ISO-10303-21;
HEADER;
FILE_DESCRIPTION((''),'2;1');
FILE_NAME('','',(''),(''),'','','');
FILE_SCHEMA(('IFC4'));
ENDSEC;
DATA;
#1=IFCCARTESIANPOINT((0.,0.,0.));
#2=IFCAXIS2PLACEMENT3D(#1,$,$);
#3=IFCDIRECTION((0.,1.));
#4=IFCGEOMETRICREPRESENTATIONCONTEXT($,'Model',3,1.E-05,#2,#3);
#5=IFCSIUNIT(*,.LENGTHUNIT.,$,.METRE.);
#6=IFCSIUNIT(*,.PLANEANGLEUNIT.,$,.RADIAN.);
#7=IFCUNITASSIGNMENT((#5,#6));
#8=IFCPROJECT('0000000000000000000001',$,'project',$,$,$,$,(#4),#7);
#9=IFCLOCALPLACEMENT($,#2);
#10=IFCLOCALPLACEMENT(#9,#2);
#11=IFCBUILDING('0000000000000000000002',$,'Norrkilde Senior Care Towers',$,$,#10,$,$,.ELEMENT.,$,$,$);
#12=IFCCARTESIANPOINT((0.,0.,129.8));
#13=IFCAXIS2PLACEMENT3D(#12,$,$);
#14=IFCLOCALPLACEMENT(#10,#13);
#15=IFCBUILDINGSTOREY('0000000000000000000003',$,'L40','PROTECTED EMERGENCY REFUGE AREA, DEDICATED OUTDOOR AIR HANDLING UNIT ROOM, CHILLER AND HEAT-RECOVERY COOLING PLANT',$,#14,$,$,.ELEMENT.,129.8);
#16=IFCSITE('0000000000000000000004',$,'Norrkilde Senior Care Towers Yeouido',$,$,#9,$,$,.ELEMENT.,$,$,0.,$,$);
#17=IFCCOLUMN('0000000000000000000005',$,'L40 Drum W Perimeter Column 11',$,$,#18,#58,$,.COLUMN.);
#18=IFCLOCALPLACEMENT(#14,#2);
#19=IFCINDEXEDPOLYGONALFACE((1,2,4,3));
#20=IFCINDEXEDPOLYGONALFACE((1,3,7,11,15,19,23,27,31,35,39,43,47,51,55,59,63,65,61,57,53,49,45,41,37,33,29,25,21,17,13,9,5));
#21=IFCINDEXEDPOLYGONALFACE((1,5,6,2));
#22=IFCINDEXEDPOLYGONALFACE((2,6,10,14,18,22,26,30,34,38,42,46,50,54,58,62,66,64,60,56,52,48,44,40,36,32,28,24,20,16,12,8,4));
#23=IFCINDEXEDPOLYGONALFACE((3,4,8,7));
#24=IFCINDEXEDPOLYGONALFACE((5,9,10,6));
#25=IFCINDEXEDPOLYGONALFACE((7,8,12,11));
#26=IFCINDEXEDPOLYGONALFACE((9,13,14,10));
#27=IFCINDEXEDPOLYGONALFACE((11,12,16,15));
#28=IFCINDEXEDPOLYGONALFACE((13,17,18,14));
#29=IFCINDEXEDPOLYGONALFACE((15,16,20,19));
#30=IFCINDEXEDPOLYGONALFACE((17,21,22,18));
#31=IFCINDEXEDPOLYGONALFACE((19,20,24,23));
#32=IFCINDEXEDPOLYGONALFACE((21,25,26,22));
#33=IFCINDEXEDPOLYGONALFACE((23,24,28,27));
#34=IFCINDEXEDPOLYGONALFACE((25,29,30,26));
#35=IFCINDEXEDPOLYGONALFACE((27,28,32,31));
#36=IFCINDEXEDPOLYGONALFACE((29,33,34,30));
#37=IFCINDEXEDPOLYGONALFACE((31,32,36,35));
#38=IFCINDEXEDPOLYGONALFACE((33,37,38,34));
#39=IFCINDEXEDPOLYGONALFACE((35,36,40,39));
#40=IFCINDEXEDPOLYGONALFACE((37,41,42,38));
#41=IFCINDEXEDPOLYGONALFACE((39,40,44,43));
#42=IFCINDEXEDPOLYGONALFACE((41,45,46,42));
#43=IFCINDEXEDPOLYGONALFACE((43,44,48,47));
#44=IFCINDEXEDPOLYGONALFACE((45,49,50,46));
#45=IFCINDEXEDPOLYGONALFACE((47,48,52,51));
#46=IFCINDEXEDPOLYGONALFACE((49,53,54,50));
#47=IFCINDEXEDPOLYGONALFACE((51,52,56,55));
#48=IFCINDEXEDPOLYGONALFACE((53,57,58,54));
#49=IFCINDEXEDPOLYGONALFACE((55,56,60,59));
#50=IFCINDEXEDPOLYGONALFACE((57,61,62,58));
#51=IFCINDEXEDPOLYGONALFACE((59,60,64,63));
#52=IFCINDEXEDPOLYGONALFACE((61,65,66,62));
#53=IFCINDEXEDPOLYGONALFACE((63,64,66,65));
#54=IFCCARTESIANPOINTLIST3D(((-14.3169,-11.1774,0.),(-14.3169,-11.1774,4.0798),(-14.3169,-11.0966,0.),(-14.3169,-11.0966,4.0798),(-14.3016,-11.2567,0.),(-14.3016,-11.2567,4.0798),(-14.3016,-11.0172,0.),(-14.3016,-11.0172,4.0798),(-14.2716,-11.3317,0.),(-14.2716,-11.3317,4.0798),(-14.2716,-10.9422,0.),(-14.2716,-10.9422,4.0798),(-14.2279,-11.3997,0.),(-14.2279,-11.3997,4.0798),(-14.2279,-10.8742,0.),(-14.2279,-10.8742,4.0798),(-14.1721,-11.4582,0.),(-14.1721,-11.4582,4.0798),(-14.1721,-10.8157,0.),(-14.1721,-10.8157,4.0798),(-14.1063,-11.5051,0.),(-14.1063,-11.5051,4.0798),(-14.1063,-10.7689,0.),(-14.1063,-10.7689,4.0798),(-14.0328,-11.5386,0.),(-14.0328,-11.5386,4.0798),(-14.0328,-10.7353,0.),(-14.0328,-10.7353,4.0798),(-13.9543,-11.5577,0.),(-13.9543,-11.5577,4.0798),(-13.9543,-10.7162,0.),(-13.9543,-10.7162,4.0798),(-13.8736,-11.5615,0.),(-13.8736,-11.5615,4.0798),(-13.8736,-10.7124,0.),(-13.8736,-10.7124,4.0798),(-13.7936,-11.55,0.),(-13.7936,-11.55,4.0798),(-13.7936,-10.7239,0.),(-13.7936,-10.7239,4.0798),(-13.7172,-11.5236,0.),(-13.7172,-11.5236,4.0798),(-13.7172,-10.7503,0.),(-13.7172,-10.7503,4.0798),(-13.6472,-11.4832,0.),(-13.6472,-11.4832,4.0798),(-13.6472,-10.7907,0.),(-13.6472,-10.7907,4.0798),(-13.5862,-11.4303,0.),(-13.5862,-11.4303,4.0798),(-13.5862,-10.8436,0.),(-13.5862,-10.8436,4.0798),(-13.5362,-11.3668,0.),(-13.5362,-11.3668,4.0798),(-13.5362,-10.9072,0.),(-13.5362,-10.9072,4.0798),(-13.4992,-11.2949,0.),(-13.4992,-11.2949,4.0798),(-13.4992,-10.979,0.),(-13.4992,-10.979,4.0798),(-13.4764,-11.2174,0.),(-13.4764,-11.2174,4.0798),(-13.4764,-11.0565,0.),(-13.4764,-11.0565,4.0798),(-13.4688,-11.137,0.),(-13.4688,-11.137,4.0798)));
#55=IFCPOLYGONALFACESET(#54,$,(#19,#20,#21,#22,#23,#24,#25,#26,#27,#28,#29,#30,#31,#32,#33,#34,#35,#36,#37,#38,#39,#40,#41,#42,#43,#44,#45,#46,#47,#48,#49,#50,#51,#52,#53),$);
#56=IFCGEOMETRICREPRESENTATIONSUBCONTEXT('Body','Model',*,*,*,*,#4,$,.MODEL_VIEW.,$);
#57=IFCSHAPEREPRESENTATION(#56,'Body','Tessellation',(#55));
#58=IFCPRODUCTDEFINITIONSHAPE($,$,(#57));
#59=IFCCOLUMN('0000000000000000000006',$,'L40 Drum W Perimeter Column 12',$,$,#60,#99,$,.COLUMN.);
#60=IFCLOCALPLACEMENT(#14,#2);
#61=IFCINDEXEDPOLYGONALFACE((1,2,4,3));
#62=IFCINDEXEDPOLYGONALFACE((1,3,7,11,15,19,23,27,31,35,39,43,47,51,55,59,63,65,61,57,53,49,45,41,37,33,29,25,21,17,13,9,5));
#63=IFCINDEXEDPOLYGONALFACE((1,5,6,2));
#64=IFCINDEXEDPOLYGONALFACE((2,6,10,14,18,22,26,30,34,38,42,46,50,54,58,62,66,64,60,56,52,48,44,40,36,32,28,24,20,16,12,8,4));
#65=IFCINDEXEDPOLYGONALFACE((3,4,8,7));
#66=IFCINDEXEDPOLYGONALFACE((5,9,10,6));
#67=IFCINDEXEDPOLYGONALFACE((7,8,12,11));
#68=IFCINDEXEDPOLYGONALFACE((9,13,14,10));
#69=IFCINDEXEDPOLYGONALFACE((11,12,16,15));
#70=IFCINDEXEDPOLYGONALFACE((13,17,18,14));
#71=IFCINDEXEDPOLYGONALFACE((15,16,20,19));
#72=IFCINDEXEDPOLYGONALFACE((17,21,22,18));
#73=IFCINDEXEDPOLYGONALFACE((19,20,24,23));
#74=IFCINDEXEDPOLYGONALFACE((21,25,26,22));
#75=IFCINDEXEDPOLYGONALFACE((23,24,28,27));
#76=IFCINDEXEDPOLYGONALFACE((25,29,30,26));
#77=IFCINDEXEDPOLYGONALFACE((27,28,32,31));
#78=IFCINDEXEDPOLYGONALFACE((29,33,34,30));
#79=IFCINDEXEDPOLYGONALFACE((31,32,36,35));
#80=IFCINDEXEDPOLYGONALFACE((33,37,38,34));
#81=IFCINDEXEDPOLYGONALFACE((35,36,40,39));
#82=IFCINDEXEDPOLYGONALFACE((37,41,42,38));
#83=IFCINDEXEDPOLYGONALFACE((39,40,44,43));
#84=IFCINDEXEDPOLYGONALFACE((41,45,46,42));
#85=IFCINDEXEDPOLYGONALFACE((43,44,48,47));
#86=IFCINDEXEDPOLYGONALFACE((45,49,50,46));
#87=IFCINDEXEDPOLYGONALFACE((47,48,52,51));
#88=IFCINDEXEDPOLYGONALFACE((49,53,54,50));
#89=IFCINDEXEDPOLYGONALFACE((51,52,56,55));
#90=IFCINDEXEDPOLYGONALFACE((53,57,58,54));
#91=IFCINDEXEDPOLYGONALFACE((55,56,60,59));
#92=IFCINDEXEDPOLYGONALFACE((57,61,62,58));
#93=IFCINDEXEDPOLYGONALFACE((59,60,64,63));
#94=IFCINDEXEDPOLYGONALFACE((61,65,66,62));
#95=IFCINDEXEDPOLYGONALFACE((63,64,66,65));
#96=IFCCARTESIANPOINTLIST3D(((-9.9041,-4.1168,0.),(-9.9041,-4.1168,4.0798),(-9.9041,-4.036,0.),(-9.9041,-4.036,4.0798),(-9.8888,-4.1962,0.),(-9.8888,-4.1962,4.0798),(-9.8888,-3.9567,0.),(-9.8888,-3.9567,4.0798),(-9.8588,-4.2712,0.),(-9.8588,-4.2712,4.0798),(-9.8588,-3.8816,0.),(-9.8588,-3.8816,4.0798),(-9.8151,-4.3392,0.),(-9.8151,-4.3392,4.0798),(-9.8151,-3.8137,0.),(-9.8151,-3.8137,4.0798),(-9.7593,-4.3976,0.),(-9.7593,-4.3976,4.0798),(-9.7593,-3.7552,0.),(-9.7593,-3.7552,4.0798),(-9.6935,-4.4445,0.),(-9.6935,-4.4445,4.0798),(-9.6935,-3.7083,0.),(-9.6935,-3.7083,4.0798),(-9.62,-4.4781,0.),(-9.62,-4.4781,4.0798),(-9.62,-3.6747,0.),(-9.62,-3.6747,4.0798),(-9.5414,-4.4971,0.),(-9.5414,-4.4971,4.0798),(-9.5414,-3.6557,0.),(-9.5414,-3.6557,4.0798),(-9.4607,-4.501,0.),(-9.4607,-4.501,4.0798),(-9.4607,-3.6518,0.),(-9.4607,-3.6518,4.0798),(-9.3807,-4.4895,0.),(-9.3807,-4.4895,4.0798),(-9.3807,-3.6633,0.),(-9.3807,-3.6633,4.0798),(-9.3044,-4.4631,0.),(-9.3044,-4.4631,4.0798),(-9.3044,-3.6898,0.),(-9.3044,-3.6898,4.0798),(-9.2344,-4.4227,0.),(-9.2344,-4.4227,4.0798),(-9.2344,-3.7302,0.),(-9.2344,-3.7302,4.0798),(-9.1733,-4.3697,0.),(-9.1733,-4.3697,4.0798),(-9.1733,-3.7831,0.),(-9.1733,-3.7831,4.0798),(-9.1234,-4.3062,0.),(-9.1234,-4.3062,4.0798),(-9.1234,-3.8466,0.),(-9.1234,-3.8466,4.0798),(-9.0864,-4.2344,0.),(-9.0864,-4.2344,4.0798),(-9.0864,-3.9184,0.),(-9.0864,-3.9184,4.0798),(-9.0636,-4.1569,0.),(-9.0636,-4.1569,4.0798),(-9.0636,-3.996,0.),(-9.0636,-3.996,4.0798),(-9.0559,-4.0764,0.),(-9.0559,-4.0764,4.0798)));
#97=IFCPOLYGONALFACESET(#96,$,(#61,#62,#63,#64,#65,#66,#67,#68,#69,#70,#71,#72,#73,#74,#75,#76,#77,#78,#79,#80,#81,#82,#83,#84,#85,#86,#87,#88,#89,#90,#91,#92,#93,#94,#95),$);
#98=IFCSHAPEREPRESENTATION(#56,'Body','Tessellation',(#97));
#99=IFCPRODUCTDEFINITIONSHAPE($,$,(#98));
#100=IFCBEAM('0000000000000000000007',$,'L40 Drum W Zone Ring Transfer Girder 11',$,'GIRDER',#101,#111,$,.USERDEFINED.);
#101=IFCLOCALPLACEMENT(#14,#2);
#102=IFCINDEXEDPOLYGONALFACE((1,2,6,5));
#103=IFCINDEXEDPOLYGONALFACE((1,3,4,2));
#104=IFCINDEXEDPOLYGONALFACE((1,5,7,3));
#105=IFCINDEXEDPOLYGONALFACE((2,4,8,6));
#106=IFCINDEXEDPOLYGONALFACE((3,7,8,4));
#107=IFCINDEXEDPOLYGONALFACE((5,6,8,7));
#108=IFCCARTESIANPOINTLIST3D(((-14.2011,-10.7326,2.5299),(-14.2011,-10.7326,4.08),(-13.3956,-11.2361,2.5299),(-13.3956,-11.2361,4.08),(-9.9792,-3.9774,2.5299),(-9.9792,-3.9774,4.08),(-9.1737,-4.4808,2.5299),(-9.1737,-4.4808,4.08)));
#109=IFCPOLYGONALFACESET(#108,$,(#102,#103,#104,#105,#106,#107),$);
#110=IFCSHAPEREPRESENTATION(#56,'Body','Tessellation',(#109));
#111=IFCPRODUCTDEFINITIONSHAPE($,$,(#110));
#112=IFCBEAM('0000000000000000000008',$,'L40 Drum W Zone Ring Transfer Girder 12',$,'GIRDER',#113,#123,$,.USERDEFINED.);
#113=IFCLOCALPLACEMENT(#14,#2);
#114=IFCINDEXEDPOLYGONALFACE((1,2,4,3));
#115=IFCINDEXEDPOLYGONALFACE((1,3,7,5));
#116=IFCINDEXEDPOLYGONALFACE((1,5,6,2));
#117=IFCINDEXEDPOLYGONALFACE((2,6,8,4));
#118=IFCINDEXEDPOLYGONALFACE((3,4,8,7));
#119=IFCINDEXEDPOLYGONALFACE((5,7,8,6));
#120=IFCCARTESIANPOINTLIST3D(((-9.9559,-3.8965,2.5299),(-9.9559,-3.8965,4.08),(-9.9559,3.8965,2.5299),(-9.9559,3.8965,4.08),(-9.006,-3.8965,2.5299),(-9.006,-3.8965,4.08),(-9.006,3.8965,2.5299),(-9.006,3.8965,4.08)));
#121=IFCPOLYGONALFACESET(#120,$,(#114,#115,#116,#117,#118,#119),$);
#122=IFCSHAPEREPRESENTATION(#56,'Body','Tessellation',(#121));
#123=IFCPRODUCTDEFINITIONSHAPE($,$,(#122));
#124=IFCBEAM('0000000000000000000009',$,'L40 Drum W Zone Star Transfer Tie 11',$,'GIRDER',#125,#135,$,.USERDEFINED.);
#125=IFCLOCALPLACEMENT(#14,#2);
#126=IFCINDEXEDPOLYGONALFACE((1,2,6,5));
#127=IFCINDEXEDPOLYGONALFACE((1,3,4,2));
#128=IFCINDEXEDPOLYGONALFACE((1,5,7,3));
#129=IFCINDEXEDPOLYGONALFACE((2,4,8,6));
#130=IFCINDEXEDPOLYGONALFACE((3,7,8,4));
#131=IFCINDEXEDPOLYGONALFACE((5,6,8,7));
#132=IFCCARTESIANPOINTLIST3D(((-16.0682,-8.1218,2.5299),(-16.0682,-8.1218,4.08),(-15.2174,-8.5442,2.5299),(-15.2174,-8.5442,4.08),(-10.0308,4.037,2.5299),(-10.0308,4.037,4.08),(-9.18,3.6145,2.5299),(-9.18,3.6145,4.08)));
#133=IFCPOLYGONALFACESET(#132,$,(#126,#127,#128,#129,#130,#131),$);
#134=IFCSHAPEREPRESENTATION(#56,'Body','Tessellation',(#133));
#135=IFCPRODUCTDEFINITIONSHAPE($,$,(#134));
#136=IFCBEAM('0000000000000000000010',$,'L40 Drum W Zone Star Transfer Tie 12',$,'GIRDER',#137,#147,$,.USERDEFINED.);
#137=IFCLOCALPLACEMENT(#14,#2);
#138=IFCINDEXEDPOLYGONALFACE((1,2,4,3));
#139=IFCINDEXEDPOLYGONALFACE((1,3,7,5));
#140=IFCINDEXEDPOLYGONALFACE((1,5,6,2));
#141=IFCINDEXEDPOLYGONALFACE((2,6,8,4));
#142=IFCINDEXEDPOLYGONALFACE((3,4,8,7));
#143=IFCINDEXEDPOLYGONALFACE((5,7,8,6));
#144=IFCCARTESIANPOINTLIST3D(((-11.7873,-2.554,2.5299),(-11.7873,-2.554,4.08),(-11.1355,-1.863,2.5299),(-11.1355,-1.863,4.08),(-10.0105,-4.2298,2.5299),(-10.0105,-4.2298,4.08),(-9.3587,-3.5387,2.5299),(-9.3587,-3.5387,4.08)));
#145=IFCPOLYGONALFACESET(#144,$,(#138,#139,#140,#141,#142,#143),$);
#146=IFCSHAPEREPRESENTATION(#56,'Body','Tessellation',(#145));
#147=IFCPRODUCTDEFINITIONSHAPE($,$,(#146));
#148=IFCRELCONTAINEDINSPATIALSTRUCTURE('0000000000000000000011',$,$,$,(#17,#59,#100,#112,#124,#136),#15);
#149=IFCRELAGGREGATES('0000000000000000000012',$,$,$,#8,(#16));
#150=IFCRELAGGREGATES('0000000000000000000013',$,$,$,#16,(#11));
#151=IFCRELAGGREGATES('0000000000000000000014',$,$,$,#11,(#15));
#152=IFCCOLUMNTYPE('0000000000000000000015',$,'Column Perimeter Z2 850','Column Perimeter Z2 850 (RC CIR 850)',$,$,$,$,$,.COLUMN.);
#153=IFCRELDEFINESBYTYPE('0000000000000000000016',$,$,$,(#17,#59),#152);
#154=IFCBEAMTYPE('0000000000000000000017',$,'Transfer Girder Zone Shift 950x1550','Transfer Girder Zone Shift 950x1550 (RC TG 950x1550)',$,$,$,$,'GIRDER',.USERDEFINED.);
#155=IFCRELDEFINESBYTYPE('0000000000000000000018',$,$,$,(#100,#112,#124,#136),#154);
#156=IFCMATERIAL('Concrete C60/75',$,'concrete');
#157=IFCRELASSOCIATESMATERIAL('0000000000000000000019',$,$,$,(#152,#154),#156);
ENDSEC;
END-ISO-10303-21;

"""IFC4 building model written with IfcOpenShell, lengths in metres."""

from ifc_helpers import new_model, si_unit, direction, frame, origin, origin_2d, place, context, subcontext, project, spatial, rectangle, circle, extrude, source, transform, mapped, material, material_profile, profile_set, type_object, type_shapes, element, save


model = new_model("IFC4")

# Units and contexts
model_context = context("Model", 3, precision=1e-05, world=origin(), true_north=direction((0.0, 1.0)))
body_context = subcontext(model_context, "Body", "Model", "MODEL_VIEW")
ifc_project = project(units=[si_unit("LENGTHUNIT", "METRE"), si_unit("PLANEANGLEUNIT", "RADIAN")], contexts=[model_context])

# Site, building, storey
site_placement = place(None, origin())
site = spatial("IfcSite", under=ifc_project, at=site_placement, Name="Norrkilde Senior Care Towers Yeouido", CompositionType="ELEMENT", RefElevation=0.0)
building_placement = place(site_placement, origin())
building = spatial("IfcBuilding", under=site, at=building_placement, Name="Norrkilde Senior Care Towers", CompositionType="ELEMENT")
storey_placement = place(building_placement, frame((0.0, 0.0, 129.8)))
storey = spatial("IfcBuildingStorey", under=building, at=storey_placement, Name="L40", Description="PROTECTED EMERGENCY REFUGE AREA, DEDICATED OUTDOOR AIR HANDLING UNIT ROOM, CHILLER AND HEAT-RECOVERY COOLING PLANT", CompositionType="ELEMENT", Elevation=129.8)

# Columns
ifc_material_1 = material(Name="Concrete C60/75", Category="concrete")
ifc_material_profile_1 = material_profile(ifc_material_1, circle(Radius=0.425, at=origin_2d()), Name="RC CIR 850")
ifc_profile_set_1 = profile_set([ifc_material_profile_1], Name="Concrete C60/75")
column_type = type_object("IfcColumnType", Name="Column Perimeter Z2 850", Description="Column Perimeter Z2 850 (RC CIR 850)", PredefinedType="COLUMN", material=ifc_profile_set_1)
shared_shape_1 = source(origin(), body_context, "Body", "SweptSolid", [
    extrude(circle(Radius=0.425, at=origin_2d()), origin(), (0.0, 0.0, 1.0), 4.0798),
])
type_shapes(column_type, [shared_shape_1])
for number, where, z_axis, x_axis, name in (
    (1, (-13.8938, -11.137, 0.0), (0.0, 0.0, 1.0), (1.0, 0.0, 0.0), "L40 Drum W Perimeter Column 11"),
    (2, (-9.481, -4.0764, 0.0), (0.0, 0.0, 1.0), (1.0, 0.0, 0.0), "L40 Drum W Perimeter Column 12"),
):
    element("IfcColumn", number, at=place(storey_placement, frame(where, z_axis=z_axis, x_axis=x_axis)), inside=storey, type_object=column_type, Name=name, PredefinedType="COLUMN", context=body_context, shape_type="MappedRepresentation", body=[
        mapped(shared_shape_1, transform((0.0, 0.0, 0.0), x_axis=(1.0, 0.0, 0.0), y_axis=(0.0, 1.0, 0.0), z_axis=(0.0, 0.0, 1.0), scale=1.0)),
    ])

# Beams
ifc_material_profile_2 = material_profile(ifc_material_1, rectangle(XDim=0.95, YDim=1.55, at=origin_2d()), Name="RC TG 950x1550")
ifc_profile_set_2 = profile_set([ifc_material_profile_2], Name="Concrete C60/75")
beam_type = type_object("IfcBeamType", Name="Transfer Girder Zone Shift 950x1550", Description="Transfer Girder Zone Shift 950x1550 (RC TG 950x1550)", ElementType="GIRDER", PredefinedType="USERDEFINED", material=ifc_profile_set_2)
shared_shape_2 = source(origin(), body_context, "Body", "SweptSolid", [
    extrude(rectangle(XDim=0.95, YDim=1.55, at=origin_2d()), origin(), (0.0, 0.0, 1.0), 7.9661),
])
beam_1_placement = place(storey_placement, frame((-13.7983, -10.9844, 3.3049), z_axis=(0.529982, 0.848009, 0.0), x_axis=(-0.848009, 0.529982, 0.0)))
element("IfcBeam", 3, at=beam_1_placement, inside=storey, type_object=beam_type, Name="L40 Drum W Zone Ring Transfer Girder 11", ObjectType="GIRDER", PredefinedType="USERDEFINED", context=body_context, shape_type="MappedRepresentation", body=[
    mapped(shared_shape_2, transform((0.0, 0.0, 0.0), x_axis=(1.0, 0.0, 0.0), y_axis=(0.0, 1.0, 0.0), z_axis=(0.0, 0.0, 1.0), scale=1.0)),
])
shared_shape_3 = source(origin(), body_context, "Body", "SweptSolid", [
    extrude(rectangle(XDim=0.95, YDim=1.55, at=origin_2d()), origin(), (0.0, 0.0, 1.0), 7.793),
])
beam_2_placement = place(storey_placement, frame((-9.481, -3.8965, 3.3049), z_axis=(0.0, 1.0, 0.0), x_axis=(-1.0, 0.0, 0.0)))
element("IfcBeam", 4, at=beam_2_placement, inside=storey, type_object=beam_type, Name="L40 Drum W Zone Ring Transfer Girder 12", ObjectType="GIRDER", PredefinedType="USERDEFINED", context=body_context, shape_type="MappedRepresentation", body=[
    mapped(shared_shape_3, transform((0.0, 0.0, 0.0), x_axis=(1.0, 0.0, 0.0), y_axis=(0.0, 1.0, 0.0), z_axis=(0.0, 0.0, 1.0), scale=1.0)),
])
shared_shape_4 = source(origin(), body_context, "Body", "SweptSolid", [
    extrude(rectangle(XDim=0.95, YDim=1.55, at=origin_2d()), origin(), (0.0, 0.0, 1.0), 13.5752),
])
beam_3_placement = place(storey_placement, frame((-15.6428, -8.333, 3.3049), z_axis=(0.444737, 0.895661, 0.0), x_axis=(-0.895661, 0.444737, 0.0)))
element("IfcBeam", 5, at=beam_3_placement, inside=storey, type_object=beam_type, Name="L40 Drum W Zone Star Transfer Tie 11", ObjectType="GIRDER", PredefinedType="USERDEFINED", context=body_context, shape_type="MappedRepresentation", body=[
    mapped(shared_shape_4, transform((0.0, 0.0, 0.0), x_axis=(1.0, 0.0, 0.0), y_axis=(0.0, 1.0, 0.0), z_axis=(0.0, 0.0, 1.0), scale=1.0)),
])
shared_shape_5 = source(origin(), body_context, "Body", "SweptSolid", [
    extrude(rectangle(XDim=0.95, YDim=1.55, at=origin_2d()), origin(), (0.0, 0.0, 1.0), 2.4424),
])
type_shapes(beam_type, [shared_shape_2, shared_shape_3, shared_shape_4, shared_shape_5])
beam_4_placement = place(storey_placement, frame((-11.4614, -2.2085, 3.3049), z_axis=(0.727495, -0.686113, 0.0), x_axis=(0.686113, 0.727495, 0.0)))
element("IfcBeam", 6, at=beam_4_placement, inside=storey, type_object=beam_type, Name="L40 Drum W Zone Star Transfer Tie 12", ObjectType="GIRDER", PredefinedType="USERDEFINED", context=body_context, shape_type="MappedRepresentation", body=[
    mapped(shared_shape_5, transform((0.0, 0.0, 0.0), x_axis=(1.0, 0.0, 0.0), y_axis=(0.0, 1.0, 0.0), z_axis=(0.0, 0.0, 1.0), scale=1.0)),
])

save(model, "model.ifc")
